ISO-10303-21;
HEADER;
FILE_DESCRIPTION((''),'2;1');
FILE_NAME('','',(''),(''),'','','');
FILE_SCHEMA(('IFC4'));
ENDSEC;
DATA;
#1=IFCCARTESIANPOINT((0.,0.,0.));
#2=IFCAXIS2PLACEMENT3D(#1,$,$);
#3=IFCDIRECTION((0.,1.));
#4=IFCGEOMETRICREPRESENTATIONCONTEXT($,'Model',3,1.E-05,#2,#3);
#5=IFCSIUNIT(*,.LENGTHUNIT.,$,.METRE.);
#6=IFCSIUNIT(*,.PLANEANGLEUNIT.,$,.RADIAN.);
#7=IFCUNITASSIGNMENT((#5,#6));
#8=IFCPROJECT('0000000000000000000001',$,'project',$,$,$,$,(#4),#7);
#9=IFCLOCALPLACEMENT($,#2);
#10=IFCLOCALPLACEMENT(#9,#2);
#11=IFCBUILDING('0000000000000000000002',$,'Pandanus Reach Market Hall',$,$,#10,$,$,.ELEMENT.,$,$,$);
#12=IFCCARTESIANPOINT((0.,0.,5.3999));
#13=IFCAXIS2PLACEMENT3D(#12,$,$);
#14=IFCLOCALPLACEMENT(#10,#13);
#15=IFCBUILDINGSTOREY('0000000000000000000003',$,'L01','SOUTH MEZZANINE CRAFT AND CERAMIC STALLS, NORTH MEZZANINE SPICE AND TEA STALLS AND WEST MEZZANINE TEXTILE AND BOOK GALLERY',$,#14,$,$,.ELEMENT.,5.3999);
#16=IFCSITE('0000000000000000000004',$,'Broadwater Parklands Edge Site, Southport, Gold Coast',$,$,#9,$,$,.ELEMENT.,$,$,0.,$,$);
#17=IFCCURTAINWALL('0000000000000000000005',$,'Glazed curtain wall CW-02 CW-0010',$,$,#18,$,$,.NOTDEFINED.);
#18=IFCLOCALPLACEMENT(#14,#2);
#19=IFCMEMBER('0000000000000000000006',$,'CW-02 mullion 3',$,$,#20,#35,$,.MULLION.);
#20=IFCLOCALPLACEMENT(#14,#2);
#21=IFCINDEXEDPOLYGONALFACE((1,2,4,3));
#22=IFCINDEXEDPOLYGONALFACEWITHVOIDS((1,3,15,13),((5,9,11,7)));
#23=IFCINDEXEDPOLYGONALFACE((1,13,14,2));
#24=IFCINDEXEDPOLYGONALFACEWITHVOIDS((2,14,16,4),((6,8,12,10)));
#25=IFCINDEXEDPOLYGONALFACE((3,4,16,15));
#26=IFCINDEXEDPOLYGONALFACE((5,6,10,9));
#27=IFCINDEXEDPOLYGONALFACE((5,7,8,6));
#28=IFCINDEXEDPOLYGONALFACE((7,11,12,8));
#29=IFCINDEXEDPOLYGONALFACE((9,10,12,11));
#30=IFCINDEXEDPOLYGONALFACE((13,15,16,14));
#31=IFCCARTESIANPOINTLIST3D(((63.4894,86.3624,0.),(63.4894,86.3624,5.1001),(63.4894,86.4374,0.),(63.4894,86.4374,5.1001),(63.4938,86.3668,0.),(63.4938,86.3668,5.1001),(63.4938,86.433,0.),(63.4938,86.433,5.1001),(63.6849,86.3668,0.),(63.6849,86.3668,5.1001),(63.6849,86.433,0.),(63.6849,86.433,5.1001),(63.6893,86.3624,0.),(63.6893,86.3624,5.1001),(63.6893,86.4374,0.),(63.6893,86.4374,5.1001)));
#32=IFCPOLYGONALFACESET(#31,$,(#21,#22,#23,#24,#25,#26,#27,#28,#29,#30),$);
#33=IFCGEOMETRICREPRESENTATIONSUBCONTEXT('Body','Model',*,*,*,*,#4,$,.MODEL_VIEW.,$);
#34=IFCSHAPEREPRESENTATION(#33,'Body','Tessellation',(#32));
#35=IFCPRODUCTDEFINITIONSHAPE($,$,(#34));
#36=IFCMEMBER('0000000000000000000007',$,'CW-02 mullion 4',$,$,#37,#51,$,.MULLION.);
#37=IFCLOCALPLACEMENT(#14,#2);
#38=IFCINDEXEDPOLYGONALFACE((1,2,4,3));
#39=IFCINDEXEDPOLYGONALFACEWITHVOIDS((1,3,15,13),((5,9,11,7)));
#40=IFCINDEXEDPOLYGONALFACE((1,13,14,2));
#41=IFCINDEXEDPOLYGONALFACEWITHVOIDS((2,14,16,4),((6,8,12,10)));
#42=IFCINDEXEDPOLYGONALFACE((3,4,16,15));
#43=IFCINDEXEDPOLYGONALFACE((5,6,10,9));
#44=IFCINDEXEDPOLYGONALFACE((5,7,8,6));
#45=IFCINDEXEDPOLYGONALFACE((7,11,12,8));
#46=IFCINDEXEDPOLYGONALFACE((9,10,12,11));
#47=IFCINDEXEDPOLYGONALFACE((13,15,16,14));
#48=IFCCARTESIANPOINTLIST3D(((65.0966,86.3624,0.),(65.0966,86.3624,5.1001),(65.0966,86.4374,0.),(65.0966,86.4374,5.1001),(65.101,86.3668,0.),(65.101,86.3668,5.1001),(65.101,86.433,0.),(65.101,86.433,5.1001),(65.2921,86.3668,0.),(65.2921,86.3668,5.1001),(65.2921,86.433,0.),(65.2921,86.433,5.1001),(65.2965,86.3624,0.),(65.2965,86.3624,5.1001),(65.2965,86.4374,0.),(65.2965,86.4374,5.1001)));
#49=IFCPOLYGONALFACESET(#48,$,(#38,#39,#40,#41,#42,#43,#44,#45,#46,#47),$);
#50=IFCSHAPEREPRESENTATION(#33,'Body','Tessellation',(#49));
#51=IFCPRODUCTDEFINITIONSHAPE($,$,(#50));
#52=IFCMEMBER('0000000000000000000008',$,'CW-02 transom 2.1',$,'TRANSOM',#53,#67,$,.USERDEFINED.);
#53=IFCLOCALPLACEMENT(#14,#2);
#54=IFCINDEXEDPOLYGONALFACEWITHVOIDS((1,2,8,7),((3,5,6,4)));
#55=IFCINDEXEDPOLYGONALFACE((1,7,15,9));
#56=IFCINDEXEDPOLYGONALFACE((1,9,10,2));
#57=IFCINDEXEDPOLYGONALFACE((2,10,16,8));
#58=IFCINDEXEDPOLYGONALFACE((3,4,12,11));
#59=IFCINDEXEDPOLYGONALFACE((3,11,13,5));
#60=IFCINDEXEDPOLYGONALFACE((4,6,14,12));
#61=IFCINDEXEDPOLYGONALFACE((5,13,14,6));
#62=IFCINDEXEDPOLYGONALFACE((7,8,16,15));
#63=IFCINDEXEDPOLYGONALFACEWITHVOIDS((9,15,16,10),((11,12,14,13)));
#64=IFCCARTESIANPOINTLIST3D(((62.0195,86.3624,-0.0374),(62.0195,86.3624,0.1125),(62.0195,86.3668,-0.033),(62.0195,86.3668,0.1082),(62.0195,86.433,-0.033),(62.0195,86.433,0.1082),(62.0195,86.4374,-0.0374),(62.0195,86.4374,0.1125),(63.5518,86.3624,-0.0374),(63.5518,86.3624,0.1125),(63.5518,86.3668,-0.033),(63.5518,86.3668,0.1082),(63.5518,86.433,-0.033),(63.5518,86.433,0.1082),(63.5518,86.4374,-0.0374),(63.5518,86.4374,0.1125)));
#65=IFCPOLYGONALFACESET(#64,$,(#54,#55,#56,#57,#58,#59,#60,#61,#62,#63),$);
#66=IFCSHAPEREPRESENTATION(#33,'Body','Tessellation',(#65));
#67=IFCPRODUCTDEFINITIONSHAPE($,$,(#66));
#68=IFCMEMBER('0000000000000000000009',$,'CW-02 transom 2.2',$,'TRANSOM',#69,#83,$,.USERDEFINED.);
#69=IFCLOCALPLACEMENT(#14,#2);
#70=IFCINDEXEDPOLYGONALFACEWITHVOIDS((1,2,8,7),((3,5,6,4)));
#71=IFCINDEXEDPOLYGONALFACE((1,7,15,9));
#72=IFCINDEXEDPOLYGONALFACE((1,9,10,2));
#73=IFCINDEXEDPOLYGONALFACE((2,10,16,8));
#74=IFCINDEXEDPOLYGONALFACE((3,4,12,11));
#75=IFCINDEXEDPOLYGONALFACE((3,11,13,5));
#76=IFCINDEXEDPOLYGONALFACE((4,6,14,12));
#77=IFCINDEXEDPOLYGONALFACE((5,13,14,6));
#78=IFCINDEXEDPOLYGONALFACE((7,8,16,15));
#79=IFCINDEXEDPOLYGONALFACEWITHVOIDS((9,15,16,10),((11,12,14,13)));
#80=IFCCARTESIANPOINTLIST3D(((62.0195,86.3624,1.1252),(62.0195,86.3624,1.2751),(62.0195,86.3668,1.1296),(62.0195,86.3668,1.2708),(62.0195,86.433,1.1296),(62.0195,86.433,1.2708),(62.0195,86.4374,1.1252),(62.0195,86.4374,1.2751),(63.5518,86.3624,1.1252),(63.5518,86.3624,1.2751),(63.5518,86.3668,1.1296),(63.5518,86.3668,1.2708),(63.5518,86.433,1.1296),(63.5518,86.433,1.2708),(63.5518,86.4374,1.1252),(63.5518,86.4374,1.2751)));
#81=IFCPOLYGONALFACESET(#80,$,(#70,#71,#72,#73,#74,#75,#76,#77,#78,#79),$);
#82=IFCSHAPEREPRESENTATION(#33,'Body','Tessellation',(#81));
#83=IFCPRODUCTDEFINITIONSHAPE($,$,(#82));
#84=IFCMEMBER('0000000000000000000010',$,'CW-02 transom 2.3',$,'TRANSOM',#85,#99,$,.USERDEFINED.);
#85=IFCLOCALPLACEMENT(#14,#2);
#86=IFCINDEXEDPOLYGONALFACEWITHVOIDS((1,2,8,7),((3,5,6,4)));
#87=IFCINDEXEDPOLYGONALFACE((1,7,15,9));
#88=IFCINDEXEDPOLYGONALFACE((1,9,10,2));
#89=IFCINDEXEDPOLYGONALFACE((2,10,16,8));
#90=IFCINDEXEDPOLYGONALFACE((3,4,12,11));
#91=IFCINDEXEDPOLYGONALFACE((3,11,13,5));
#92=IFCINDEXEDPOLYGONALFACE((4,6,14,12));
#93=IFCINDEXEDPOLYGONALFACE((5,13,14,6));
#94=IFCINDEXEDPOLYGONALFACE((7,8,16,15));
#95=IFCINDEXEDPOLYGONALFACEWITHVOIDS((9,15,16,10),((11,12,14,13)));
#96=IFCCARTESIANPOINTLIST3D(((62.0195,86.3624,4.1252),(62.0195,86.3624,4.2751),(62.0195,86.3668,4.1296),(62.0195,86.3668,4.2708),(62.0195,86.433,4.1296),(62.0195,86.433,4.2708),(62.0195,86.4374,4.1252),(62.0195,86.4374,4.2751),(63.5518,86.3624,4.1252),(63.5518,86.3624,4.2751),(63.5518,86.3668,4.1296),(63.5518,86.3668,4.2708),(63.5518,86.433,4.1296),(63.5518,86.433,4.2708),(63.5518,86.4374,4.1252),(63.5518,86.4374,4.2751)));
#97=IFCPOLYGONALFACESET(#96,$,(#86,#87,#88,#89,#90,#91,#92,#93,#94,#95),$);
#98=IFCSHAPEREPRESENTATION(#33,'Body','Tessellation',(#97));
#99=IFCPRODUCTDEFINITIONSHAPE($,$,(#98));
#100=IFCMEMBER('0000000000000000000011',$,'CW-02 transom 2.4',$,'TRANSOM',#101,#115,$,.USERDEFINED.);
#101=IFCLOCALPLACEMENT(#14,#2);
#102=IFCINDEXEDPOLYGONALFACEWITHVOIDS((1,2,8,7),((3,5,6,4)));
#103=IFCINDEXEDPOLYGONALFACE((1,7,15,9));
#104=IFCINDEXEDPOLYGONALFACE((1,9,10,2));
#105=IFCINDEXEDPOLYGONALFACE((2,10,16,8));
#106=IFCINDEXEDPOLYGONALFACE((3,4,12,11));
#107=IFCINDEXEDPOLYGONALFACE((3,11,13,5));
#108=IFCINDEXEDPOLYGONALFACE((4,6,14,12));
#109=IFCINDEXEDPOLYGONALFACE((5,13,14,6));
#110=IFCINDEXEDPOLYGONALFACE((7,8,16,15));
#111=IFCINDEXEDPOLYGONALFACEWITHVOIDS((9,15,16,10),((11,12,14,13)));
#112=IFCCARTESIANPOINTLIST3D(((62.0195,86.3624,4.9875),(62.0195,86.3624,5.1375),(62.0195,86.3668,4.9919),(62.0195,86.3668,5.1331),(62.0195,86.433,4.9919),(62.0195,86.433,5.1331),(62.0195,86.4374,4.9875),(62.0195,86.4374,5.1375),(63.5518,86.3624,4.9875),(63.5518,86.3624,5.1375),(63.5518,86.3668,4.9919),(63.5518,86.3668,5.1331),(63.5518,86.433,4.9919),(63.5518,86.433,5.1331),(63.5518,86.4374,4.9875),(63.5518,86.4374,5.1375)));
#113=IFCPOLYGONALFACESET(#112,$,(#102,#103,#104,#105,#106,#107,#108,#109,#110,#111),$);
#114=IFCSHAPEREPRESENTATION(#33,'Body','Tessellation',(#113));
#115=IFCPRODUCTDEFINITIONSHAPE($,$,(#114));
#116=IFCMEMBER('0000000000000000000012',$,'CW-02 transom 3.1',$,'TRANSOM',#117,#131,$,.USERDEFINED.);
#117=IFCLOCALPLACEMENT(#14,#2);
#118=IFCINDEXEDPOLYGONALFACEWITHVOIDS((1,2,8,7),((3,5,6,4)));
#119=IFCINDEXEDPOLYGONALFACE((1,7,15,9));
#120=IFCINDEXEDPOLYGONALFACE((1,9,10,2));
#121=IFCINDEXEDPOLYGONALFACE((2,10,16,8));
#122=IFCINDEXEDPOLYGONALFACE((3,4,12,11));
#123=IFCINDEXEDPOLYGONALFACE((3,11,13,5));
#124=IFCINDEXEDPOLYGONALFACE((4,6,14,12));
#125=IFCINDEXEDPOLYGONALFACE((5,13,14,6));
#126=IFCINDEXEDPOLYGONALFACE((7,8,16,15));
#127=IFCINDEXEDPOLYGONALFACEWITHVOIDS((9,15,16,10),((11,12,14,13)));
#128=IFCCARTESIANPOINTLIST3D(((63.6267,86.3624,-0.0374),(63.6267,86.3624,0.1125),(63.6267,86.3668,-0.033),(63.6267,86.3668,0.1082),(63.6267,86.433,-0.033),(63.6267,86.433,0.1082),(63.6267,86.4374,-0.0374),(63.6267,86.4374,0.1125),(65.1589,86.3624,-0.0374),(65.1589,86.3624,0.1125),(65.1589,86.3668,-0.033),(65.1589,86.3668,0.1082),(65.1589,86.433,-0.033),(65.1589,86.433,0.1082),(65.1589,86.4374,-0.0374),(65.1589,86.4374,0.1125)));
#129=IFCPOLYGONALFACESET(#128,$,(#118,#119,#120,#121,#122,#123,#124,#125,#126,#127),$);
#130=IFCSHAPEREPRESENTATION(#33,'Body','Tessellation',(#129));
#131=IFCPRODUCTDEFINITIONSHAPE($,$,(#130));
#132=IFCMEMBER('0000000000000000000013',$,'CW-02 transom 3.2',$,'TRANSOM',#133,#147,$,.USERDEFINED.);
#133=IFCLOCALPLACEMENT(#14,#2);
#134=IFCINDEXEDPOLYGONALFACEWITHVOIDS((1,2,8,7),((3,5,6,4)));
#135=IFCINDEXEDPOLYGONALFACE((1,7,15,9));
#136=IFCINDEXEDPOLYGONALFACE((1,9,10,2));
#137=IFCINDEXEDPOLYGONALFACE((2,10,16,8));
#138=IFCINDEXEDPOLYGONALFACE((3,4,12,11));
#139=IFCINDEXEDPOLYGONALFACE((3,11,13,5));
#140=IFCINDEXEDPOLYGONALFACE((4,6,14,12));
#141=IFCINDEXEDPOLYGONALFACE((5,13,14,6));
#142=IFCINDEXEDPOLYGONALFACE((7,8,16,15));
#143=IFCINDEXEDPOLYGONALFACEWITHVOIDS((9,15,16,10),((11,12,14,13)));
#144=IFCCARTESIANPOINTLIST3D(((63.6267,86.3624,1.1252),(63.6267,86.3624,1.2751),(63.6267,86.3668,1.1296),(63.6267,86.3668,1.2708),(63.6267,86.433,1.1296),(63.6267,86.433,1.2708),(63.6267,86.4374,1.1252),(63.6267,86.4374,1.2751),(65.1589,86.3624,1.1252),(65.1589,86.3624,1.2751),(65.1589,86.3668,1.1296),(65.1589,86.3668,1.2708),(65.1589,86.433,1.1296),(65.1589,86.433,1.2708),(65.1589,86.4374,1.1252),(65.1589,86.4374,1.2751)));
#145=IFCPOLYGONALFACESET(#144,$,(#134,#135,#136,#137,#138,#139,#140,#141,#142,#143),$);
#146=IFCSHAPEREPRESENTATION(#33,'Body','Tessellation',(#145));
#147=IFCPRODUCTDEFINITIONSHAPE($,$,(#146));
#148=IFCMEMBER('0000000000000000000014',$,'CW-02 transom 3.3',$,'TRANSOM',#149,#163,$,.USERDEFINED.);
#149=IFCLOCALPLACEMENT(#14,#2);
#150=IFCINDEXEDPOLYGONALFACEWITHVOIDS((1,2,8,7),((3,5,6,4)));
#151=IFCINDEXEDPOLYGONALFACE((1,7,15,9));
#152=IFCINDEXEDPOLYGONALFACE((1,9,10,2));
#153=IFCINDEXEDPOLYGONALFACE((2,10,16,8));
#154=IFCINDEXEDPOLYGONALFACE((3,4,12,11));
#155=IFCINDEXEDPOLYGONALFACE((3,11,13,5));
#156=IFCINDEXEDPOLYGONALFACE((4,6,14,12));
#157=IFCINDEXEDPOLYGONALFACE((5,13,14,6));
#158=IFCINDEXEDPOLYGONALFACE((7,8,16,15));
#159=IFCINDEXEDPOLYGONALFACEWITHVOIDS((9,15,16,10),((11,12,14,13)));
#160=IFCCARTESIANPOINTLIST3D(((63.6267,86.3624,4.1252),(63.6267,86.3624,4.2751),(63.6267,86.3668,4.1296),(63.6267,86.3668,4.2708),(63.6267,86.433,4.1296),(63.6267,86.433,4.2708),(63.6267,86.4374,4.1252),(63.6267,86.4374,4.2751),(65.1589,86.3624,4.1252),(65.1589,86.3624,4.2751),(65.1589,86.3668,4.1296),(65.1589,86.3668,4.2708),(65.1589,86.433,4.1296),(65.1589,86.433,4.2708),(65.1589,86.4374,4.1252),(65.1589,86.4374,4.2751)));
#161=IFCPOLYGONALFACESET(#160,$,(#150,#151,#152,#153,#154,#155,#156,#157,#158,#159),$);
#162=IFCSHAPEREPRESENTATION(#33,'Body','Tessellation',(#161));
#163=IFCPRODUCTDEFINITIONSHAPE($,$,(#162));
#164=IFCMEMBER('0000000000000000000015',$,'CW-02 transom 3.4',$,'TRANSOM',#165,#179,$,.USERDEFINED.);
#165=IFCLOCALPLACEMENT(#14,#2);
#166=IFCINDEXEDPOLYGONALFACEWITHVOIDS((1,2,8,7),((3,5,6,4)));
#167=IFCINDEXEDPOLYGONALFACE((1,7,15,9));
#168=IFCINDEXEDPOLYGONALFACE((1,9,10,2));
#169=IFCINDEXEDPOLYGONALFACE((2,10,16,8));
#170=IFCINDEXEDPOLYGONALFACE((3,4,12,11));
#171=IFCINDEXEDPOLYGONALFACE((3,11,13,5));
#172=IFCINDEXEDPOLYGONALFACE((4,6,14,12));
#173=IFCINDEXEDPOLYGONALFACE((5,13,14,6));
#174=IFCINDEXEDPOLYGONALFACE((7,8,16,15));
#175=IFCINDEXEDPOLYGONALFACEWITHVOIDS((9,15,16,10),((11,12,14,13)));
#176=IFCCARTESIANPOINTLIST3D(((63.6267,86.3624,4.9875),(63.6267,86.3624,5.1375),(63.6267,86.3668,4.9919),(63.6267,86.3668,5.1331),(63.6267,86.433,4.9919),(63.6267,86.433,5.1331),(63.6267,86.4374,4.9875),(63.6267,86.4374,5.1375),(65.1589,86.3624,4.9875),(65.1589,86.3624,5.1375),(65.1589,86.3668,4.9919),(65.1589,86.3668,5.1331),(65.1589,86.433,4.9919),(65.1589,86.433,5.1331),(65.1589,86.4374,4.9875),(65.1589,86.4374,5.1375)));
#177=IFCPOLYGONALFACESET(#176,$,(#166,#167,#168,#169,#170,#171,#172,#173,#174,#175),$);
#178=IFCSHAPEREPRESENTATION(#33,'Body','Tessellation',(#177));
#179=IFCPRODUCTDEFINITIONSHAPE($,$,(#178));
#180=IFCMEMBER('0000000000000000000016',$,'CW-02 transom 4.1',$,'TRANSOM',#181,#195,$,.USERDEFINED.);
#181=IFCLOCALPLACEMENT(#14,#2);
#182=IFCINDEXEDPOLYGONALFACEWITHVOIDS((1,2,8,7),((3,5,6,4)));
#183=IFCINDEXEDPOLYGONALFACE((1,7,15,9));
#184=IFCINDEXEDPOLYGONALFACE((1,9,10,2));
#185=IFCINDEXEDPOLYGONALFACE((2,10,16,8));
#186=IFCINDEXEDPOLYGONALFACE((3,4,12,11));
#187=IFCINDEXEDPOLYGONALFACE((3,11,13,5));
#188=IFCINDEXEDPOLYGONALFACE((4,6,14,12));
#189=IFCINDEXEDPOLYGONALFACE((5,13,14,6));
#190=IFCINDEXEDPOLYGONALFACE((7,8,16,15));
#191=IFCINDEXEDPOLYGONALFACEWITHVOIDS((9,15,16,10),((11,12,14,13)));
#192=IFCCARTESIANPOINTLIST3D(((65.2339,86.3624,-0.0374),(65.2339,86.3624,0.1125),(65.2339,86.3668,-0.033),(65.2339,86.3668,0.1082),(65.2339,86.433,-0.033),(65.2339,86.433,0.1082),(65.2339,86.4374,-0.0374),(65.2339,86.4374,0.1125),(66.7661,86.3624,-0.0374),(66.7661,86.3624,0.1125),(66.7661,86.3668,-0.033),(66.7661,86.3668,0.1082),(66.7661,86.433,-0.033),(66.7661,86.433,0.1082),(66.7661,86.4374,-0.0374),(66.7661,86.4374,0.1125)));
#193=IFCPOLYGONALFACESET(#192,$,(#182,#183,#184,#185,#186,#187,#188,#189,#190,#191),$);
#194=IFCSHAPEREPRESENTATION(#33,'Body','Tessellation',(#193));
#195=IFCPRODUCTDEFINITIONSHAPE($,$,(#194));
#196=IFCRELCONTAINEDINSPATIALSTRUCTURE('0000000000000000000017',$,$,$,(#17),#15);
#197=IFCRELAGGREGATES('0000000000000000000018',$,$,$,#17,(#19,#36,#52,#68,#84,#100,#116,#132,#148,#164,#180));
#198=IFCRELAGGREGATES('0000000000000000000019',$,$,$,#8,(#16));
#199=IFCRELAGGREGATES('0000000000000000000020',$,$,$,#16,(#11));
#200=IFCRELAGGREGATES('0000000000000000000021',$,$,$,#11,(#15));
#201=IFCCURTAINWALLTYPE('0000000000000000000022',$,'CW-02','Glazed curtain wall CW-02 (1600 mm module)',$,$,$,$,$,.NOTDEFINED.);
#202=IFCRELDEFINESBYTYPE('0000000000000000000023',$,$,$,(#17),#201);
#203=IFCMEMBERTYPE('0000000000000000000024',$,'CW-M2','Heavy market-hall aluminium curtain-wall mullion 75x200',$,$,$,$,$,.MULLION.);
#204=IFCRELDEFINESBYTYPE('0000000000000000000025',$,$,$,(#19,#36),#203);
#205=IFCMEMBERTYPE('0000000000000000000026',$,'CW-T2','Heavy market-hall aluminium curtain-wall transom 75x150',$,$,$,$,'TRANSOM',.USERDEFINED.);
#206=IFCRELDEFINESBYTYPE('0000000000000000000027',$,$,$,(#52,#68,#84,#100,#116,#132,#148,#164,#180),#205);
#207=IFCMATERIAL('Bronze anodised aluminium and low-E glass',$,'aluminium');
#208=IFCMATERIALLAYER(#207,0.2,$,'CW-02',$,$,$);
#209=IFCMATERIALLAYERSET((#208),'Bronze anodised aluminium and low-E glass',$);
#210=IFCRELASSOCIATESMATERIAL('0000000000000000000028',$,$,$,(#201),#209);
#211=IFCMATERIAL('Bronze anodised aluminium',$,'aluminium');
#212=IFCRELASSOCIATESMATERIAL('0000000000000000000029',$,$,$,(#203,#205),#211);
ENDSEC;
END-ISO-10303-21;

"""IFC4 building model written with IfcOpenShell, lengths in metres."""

from ifc_helpers import new_model, si_unit, direction, frame, origin, origin_2d, place, context, subcontext, project, spatial, hollow_rectangle, extrude, material, layer, layer_set, material_profile, profile_set, type_object, element, aggregate, save


model = new_model("IFC4")

# Units and contexts
model_context = context("Model", 3, precision=1e-05, world=origin(), true_north=direction((0.0, 1.0)))
body_context = subcontext(model_context, "Body", "Model", "MODEL_VIEW")
ifc_project = project(units=[si_unit("LENGTHUNIT", "METRE"), si_unit("PLANEANGLEUNIT", "RADIAN")], contexts=[model_context])

# Site, building, storey
site_placement = place(None, origin())
site = spatial("IfcSite", under=ifc_project, at=site_placement, Name="Broadwater Parklands Edge Site, Southport, Gold Coast", CompositionType="ELEMENT", RefElevation=0.0)
building_placement = place(site_placement, origin())
building = spatial("IfcBuilding", under=site, at=building_placement, Name="Pandanus Reach Market Hall", CompositionType="ELEMENT")
storey_placement = place(building_placement, frame((0.0, 0.0, 5.3999)))
storey = spatial("IfcBuildingStorey", under=building, at=storey_placement, Name="L01", Description="SOUTH MEZZANINE CRAFT AND CERAMIC STALLS, NORTH MEZZANINE SPICE AND TEA STALLS AND WEST MEZZANINE TEXTILE AND BOOK GALLERY", CompositionType="ELEMENT", Elevation=5.3999)

# Curtain wall, members
ifc_material_1 = material(Name="Bronze anodised aluminium and low-E glass", Category="aluminium")
ifc_layer_1 = layer(ifc_material_1, 0.2, Name="CW-02")
ifc_layer_set_1 = layer_set([ifc_layer_1], Name="Bronze anodised aluminium and low-E glass")
curtain_wall_type = type_object("IfcCurtainWallType", Name="CW-02", Description="Glazed curtain wall CW-02 (1600 mm module)", PredefinedType="NOTDEFINED", material=ifc_layer_set_1)
curtain_wall_placement = place(storey_placement, origin())
curtain_wall = element("IfcCurtainWall", 1, at=curtain_wall_placement, inside=storey, type_object=curtain_wall_type, Name="Glazed curtain wall CW-02 CW-0010", PredefinedType="NOTDEFINED")
ifc_material_2 = material(Name="Bronze anodised aluminium", Category="aluminium")
ifc_material_profile_1 = material_profile(ifc_material_2, hollow_rectangle(XDim=0.075, YDim=0.2, WallThickness=0.0044, at=origin_2d()), Name="ALU75x200", Category="LoadBearing")
ifc_profile_set_1 = profile_set([ifc_material_profile_1], Name="Bronze anodised aluminium")
member_type_1 = type_object("IfcMemberType", Name="CW-M2", Description="Heavy market-hall aluminium curtain-wall mullion 75x200", PredefinedType="MULLION", material=ifc_profile_set_1)
member_1_placement = place(storey_placement, frame((63.5894, 86.3999, 0.0), z_axis=(0.0, 0.0, 1.0), x_axis=(0.0, 1.0, 0.0)))
member_1 = element("IfcMember", 2, at=member_1_placement, type_object=member_type_1, Name="CW-02 mullion 3", PredefinedType="MULLION", context=body_context, shape_type="SweptSolid", body=[
    extrude(hollow_rectangle(XDim=0.075, YDim=0.2, WallThickness=0.0044, at=origin_2d()), origin(), (0.0, 0.0, 1.0), 5.1001),
])
member_2_placement = place(storey_placement, frame((65.1965, 86.3999, 0.0), z_axis=(0.0, 0.0, 1.0), x_axis=(0.0, 1.0, 0.0)))
member_2 = element("IfcMember", 3, at=member_2_placement, type_object=member_type_1, Name="CW-02 mullion 4", PredefinedType="MULLION", context=body_context, shape_type="SweptSolid", body=[
    extrude(hollow_rectangle(XDim=0.075, YDim=0.2, WallThickness=0.0044, at=origin_2d()), origin(), (0.0, 0.0, 1.0), 5.1001),
])
ifc_material_profile_2 = material_profile(ifc_material_2, hollow_rectangle(XDim=0.075, YDim=0.1499, WallThickness=0.0044, at=origin_2d()), Name="ALU75x150", Category="LoadBearing")
ifc_profile_set_2 = profile_set([ifc_material_profile_2], Name="Bronze anodised aluminium")
member_type_2 = type_object("IfcMemberType", Name="CW-T2", Description="Heavy market-hall aluminium curtain-wall transom 75x150", ElementType="TRANSOM", PredefinedType="USERDEFINED", material=ifc_profile_set_2)
member_3_placement = place(storey_placement, frame((62.0195, 86.3999, 0.0376), z_axis=(1.0, 0.0, 0.0), x_axis=(0.0, 1.0, 0.0)))
member_3 = element("IfcMember", 4, at=member_3_placement, type_object=member_type_2, Name="CW-02 transom 2.1", ObjectType="TRANSOM", PredefinedType="USERDEFINED", context=body_context, shape_type="SweptSolid", body=[
    extrude(hollow_rectangle(XDim=0.075, YDim=0.1499, WallThickness=0.0044, at=origin_2d()), origin(), (0.0, 0.0, 1.0), 1.5322),
])
member_4_placement = place(storey_placement, frame((62.0195, 86.3999, 1.2002), z_axis=(1.0, 0.0, 0.0), x_axis=(0.0, 1.0, 0.0)))
member_4 = element("IfcMember", 5, at=member_4_placement, type_object=member_type_2, Name="CW-02 transom 2.2", ObjectType="TRANSOM", PredefinedType="USERDEFINED", context=body_context, shape_type="SweptSolid", body=[
    extrude(hollow_rectangle(XDim=0.075, YDim=0.1499, WallThickness=0.0044, at=origin_2d()), origin(), (0.0, 0.0, 1.0), 1.5322),
])
member_5_placement = place(storey_placement, frame((62.0195, 86.3999, 4.2002), z_axis=(1.0, 0.0, 0.0), x_axis=(0.0, 1.0, 0.0)))
member_5 = element("IfcMember", 6, at=member_5_placement, type_object=member_type_2, Name="CW-02 transom 2.3", ObjectType="TRANSOM", PredefinedType="USERDEFINED", context=body_context, shape_type="SweptSolid", body=[
    extrude(hollow_rectangle(XDim=0.075, YDim=0.1499, WallThickness=0.0044, at=origin_2d()), origin(), (0.0, 0.0, 1.0), 1.5322),
])
member_6_placement = place(storey_placement, frame((62.0195, 86.3999, 5.0625), z_axis=(1.0, 0.0, 0.0), x_axis=(0.0, 1.0, 0.0)))
member_6 = element("IfcMember", 7, at=member_6_placement, type_object=member_type_2, Name="CW-02 transom 2.4", ObjectType="TRANSOM", PredefinedType="USERDEFINED", context=body_context, shape_type="SweptSolid", body=[
    extrude(hollow_rectangle(XDim=0.075, YDim=0.1499, WallThickness=0.0044, at=origin_2d()), origin(), (0.0, 0.0, 1.0), 1.5322),
])
member_7_placement = place(storey_placement, frame((63.6267, 86.3999, 0.0376), z_axis=(1.0, 0.0, 0.0), x_axis=(0.0, 1.0, 0.0)))
member_7 = element("IfcMember", 8, at=member_7_placement, type_object=member_type_2, Name="CW-02 transom 3.1", ObjectType="TRANSOM", PredefinedType="USERDEFINED", context=body_context, shape_type="SweptSolid", body=[
    extrude(hollow_rectangle(XDim=0.075, YDim=0.1499, WallThickness=0.0044, at=origin_2d()), origin(), (0.0, 0.0, 1.0), 1.5322),
])
member_8_placement = place(storey_placement, frame((63.6267, 86.3999, 1.2002), z_axis=(1.0, 0.0, 0.0), x_axis=(0.0, 1.0, 0.0)))
member_8 = element("IfcMember", 9, at=member_8_placement, type_object=member_type_2, Name="CW-02 transom 3.2", ObjectType="TRANSOM", PredefinedType="USERDEFINED", context=body_context, shape_type="SweptSolid", body=[
    extrude(hollow_rectangle(XDim=0.075, YDim=0.1499, WallThickness=0.0044, at=origin_2d()), origin(), (0.0, 0.0, 1.0), 1.5322),
])
member_9_placement = place(storey_placement, frame((63.6267, 86.3999, 4.2002), z_axis=(1.0, 0.0, 0.0), x_axis=(0.0, 1.0, 0.0)))
member_9 = element("IfcMember", 10, at=member_9_placement, type_object=member_type_2, Name="CW-02 transom 3.3", ObjectType="TRANSOM", PredefinedType="USERDEFINED", context=body_context, shape_type="SweptSolid", body=[
    extrude(hollow_rectangle(XDim=0.075, YDim=0.1499, WallThickness=0.0044, at=origin_2d()), origin(), (0.0, 0.0, 1.0), 1.5322),
])
member_10_placement = place(storey_placement, frame((63.6267, 86.3999, 5.0625), z_axis=(1.0, 0.0, 0.0), x_axis=(0.0, 1.0, 0.0)))
member_10 = element("IfcMember", 11, at=member_10_placement, type_object=member_type_2, Name="CW-02 transom 3.4", ObjectType="TRANSOM", PredefinedType="USERDEFINED", context=body_context, shape_type="SweptSolid", body=[
    extrude(hollow_rectangle(XDim=0.075, YDim=0.1499, WallThickness=0.0044, at=origin_2d()), origin(), (0.0, 0.0, 1.0), 1.5322),
])
member_11_placement = place(storey_placement, frame((65.2339, 86.3999, 0.0376), z_axis=(1.0, 0.0, 0.0), x_axis=(0.0, 1.0, 0.0)))
member_11 = element("IfcMember", 12, at=member_11_placement, type_object=member_type_2, Name="CW-02 transom 4.1", ObjectType="TRANSOM", PredefinedType="USERDEFINED", context=body_context, shape_type="SweptSolid", body=[
    extrude(hollow_rectangle(XDim=0.075, YDim=0.1499, WallThickness=0.0044, at=origin_2d()), origin(), (0.0, 0.0, 1.0), 1.5322),
])
aggregate(curtain_wall, [member_1, member_2, member_3, member_4, member_5, member_6, member_7, member_8, member_9, member_10, member_11])

save(model, "model.ifc")
